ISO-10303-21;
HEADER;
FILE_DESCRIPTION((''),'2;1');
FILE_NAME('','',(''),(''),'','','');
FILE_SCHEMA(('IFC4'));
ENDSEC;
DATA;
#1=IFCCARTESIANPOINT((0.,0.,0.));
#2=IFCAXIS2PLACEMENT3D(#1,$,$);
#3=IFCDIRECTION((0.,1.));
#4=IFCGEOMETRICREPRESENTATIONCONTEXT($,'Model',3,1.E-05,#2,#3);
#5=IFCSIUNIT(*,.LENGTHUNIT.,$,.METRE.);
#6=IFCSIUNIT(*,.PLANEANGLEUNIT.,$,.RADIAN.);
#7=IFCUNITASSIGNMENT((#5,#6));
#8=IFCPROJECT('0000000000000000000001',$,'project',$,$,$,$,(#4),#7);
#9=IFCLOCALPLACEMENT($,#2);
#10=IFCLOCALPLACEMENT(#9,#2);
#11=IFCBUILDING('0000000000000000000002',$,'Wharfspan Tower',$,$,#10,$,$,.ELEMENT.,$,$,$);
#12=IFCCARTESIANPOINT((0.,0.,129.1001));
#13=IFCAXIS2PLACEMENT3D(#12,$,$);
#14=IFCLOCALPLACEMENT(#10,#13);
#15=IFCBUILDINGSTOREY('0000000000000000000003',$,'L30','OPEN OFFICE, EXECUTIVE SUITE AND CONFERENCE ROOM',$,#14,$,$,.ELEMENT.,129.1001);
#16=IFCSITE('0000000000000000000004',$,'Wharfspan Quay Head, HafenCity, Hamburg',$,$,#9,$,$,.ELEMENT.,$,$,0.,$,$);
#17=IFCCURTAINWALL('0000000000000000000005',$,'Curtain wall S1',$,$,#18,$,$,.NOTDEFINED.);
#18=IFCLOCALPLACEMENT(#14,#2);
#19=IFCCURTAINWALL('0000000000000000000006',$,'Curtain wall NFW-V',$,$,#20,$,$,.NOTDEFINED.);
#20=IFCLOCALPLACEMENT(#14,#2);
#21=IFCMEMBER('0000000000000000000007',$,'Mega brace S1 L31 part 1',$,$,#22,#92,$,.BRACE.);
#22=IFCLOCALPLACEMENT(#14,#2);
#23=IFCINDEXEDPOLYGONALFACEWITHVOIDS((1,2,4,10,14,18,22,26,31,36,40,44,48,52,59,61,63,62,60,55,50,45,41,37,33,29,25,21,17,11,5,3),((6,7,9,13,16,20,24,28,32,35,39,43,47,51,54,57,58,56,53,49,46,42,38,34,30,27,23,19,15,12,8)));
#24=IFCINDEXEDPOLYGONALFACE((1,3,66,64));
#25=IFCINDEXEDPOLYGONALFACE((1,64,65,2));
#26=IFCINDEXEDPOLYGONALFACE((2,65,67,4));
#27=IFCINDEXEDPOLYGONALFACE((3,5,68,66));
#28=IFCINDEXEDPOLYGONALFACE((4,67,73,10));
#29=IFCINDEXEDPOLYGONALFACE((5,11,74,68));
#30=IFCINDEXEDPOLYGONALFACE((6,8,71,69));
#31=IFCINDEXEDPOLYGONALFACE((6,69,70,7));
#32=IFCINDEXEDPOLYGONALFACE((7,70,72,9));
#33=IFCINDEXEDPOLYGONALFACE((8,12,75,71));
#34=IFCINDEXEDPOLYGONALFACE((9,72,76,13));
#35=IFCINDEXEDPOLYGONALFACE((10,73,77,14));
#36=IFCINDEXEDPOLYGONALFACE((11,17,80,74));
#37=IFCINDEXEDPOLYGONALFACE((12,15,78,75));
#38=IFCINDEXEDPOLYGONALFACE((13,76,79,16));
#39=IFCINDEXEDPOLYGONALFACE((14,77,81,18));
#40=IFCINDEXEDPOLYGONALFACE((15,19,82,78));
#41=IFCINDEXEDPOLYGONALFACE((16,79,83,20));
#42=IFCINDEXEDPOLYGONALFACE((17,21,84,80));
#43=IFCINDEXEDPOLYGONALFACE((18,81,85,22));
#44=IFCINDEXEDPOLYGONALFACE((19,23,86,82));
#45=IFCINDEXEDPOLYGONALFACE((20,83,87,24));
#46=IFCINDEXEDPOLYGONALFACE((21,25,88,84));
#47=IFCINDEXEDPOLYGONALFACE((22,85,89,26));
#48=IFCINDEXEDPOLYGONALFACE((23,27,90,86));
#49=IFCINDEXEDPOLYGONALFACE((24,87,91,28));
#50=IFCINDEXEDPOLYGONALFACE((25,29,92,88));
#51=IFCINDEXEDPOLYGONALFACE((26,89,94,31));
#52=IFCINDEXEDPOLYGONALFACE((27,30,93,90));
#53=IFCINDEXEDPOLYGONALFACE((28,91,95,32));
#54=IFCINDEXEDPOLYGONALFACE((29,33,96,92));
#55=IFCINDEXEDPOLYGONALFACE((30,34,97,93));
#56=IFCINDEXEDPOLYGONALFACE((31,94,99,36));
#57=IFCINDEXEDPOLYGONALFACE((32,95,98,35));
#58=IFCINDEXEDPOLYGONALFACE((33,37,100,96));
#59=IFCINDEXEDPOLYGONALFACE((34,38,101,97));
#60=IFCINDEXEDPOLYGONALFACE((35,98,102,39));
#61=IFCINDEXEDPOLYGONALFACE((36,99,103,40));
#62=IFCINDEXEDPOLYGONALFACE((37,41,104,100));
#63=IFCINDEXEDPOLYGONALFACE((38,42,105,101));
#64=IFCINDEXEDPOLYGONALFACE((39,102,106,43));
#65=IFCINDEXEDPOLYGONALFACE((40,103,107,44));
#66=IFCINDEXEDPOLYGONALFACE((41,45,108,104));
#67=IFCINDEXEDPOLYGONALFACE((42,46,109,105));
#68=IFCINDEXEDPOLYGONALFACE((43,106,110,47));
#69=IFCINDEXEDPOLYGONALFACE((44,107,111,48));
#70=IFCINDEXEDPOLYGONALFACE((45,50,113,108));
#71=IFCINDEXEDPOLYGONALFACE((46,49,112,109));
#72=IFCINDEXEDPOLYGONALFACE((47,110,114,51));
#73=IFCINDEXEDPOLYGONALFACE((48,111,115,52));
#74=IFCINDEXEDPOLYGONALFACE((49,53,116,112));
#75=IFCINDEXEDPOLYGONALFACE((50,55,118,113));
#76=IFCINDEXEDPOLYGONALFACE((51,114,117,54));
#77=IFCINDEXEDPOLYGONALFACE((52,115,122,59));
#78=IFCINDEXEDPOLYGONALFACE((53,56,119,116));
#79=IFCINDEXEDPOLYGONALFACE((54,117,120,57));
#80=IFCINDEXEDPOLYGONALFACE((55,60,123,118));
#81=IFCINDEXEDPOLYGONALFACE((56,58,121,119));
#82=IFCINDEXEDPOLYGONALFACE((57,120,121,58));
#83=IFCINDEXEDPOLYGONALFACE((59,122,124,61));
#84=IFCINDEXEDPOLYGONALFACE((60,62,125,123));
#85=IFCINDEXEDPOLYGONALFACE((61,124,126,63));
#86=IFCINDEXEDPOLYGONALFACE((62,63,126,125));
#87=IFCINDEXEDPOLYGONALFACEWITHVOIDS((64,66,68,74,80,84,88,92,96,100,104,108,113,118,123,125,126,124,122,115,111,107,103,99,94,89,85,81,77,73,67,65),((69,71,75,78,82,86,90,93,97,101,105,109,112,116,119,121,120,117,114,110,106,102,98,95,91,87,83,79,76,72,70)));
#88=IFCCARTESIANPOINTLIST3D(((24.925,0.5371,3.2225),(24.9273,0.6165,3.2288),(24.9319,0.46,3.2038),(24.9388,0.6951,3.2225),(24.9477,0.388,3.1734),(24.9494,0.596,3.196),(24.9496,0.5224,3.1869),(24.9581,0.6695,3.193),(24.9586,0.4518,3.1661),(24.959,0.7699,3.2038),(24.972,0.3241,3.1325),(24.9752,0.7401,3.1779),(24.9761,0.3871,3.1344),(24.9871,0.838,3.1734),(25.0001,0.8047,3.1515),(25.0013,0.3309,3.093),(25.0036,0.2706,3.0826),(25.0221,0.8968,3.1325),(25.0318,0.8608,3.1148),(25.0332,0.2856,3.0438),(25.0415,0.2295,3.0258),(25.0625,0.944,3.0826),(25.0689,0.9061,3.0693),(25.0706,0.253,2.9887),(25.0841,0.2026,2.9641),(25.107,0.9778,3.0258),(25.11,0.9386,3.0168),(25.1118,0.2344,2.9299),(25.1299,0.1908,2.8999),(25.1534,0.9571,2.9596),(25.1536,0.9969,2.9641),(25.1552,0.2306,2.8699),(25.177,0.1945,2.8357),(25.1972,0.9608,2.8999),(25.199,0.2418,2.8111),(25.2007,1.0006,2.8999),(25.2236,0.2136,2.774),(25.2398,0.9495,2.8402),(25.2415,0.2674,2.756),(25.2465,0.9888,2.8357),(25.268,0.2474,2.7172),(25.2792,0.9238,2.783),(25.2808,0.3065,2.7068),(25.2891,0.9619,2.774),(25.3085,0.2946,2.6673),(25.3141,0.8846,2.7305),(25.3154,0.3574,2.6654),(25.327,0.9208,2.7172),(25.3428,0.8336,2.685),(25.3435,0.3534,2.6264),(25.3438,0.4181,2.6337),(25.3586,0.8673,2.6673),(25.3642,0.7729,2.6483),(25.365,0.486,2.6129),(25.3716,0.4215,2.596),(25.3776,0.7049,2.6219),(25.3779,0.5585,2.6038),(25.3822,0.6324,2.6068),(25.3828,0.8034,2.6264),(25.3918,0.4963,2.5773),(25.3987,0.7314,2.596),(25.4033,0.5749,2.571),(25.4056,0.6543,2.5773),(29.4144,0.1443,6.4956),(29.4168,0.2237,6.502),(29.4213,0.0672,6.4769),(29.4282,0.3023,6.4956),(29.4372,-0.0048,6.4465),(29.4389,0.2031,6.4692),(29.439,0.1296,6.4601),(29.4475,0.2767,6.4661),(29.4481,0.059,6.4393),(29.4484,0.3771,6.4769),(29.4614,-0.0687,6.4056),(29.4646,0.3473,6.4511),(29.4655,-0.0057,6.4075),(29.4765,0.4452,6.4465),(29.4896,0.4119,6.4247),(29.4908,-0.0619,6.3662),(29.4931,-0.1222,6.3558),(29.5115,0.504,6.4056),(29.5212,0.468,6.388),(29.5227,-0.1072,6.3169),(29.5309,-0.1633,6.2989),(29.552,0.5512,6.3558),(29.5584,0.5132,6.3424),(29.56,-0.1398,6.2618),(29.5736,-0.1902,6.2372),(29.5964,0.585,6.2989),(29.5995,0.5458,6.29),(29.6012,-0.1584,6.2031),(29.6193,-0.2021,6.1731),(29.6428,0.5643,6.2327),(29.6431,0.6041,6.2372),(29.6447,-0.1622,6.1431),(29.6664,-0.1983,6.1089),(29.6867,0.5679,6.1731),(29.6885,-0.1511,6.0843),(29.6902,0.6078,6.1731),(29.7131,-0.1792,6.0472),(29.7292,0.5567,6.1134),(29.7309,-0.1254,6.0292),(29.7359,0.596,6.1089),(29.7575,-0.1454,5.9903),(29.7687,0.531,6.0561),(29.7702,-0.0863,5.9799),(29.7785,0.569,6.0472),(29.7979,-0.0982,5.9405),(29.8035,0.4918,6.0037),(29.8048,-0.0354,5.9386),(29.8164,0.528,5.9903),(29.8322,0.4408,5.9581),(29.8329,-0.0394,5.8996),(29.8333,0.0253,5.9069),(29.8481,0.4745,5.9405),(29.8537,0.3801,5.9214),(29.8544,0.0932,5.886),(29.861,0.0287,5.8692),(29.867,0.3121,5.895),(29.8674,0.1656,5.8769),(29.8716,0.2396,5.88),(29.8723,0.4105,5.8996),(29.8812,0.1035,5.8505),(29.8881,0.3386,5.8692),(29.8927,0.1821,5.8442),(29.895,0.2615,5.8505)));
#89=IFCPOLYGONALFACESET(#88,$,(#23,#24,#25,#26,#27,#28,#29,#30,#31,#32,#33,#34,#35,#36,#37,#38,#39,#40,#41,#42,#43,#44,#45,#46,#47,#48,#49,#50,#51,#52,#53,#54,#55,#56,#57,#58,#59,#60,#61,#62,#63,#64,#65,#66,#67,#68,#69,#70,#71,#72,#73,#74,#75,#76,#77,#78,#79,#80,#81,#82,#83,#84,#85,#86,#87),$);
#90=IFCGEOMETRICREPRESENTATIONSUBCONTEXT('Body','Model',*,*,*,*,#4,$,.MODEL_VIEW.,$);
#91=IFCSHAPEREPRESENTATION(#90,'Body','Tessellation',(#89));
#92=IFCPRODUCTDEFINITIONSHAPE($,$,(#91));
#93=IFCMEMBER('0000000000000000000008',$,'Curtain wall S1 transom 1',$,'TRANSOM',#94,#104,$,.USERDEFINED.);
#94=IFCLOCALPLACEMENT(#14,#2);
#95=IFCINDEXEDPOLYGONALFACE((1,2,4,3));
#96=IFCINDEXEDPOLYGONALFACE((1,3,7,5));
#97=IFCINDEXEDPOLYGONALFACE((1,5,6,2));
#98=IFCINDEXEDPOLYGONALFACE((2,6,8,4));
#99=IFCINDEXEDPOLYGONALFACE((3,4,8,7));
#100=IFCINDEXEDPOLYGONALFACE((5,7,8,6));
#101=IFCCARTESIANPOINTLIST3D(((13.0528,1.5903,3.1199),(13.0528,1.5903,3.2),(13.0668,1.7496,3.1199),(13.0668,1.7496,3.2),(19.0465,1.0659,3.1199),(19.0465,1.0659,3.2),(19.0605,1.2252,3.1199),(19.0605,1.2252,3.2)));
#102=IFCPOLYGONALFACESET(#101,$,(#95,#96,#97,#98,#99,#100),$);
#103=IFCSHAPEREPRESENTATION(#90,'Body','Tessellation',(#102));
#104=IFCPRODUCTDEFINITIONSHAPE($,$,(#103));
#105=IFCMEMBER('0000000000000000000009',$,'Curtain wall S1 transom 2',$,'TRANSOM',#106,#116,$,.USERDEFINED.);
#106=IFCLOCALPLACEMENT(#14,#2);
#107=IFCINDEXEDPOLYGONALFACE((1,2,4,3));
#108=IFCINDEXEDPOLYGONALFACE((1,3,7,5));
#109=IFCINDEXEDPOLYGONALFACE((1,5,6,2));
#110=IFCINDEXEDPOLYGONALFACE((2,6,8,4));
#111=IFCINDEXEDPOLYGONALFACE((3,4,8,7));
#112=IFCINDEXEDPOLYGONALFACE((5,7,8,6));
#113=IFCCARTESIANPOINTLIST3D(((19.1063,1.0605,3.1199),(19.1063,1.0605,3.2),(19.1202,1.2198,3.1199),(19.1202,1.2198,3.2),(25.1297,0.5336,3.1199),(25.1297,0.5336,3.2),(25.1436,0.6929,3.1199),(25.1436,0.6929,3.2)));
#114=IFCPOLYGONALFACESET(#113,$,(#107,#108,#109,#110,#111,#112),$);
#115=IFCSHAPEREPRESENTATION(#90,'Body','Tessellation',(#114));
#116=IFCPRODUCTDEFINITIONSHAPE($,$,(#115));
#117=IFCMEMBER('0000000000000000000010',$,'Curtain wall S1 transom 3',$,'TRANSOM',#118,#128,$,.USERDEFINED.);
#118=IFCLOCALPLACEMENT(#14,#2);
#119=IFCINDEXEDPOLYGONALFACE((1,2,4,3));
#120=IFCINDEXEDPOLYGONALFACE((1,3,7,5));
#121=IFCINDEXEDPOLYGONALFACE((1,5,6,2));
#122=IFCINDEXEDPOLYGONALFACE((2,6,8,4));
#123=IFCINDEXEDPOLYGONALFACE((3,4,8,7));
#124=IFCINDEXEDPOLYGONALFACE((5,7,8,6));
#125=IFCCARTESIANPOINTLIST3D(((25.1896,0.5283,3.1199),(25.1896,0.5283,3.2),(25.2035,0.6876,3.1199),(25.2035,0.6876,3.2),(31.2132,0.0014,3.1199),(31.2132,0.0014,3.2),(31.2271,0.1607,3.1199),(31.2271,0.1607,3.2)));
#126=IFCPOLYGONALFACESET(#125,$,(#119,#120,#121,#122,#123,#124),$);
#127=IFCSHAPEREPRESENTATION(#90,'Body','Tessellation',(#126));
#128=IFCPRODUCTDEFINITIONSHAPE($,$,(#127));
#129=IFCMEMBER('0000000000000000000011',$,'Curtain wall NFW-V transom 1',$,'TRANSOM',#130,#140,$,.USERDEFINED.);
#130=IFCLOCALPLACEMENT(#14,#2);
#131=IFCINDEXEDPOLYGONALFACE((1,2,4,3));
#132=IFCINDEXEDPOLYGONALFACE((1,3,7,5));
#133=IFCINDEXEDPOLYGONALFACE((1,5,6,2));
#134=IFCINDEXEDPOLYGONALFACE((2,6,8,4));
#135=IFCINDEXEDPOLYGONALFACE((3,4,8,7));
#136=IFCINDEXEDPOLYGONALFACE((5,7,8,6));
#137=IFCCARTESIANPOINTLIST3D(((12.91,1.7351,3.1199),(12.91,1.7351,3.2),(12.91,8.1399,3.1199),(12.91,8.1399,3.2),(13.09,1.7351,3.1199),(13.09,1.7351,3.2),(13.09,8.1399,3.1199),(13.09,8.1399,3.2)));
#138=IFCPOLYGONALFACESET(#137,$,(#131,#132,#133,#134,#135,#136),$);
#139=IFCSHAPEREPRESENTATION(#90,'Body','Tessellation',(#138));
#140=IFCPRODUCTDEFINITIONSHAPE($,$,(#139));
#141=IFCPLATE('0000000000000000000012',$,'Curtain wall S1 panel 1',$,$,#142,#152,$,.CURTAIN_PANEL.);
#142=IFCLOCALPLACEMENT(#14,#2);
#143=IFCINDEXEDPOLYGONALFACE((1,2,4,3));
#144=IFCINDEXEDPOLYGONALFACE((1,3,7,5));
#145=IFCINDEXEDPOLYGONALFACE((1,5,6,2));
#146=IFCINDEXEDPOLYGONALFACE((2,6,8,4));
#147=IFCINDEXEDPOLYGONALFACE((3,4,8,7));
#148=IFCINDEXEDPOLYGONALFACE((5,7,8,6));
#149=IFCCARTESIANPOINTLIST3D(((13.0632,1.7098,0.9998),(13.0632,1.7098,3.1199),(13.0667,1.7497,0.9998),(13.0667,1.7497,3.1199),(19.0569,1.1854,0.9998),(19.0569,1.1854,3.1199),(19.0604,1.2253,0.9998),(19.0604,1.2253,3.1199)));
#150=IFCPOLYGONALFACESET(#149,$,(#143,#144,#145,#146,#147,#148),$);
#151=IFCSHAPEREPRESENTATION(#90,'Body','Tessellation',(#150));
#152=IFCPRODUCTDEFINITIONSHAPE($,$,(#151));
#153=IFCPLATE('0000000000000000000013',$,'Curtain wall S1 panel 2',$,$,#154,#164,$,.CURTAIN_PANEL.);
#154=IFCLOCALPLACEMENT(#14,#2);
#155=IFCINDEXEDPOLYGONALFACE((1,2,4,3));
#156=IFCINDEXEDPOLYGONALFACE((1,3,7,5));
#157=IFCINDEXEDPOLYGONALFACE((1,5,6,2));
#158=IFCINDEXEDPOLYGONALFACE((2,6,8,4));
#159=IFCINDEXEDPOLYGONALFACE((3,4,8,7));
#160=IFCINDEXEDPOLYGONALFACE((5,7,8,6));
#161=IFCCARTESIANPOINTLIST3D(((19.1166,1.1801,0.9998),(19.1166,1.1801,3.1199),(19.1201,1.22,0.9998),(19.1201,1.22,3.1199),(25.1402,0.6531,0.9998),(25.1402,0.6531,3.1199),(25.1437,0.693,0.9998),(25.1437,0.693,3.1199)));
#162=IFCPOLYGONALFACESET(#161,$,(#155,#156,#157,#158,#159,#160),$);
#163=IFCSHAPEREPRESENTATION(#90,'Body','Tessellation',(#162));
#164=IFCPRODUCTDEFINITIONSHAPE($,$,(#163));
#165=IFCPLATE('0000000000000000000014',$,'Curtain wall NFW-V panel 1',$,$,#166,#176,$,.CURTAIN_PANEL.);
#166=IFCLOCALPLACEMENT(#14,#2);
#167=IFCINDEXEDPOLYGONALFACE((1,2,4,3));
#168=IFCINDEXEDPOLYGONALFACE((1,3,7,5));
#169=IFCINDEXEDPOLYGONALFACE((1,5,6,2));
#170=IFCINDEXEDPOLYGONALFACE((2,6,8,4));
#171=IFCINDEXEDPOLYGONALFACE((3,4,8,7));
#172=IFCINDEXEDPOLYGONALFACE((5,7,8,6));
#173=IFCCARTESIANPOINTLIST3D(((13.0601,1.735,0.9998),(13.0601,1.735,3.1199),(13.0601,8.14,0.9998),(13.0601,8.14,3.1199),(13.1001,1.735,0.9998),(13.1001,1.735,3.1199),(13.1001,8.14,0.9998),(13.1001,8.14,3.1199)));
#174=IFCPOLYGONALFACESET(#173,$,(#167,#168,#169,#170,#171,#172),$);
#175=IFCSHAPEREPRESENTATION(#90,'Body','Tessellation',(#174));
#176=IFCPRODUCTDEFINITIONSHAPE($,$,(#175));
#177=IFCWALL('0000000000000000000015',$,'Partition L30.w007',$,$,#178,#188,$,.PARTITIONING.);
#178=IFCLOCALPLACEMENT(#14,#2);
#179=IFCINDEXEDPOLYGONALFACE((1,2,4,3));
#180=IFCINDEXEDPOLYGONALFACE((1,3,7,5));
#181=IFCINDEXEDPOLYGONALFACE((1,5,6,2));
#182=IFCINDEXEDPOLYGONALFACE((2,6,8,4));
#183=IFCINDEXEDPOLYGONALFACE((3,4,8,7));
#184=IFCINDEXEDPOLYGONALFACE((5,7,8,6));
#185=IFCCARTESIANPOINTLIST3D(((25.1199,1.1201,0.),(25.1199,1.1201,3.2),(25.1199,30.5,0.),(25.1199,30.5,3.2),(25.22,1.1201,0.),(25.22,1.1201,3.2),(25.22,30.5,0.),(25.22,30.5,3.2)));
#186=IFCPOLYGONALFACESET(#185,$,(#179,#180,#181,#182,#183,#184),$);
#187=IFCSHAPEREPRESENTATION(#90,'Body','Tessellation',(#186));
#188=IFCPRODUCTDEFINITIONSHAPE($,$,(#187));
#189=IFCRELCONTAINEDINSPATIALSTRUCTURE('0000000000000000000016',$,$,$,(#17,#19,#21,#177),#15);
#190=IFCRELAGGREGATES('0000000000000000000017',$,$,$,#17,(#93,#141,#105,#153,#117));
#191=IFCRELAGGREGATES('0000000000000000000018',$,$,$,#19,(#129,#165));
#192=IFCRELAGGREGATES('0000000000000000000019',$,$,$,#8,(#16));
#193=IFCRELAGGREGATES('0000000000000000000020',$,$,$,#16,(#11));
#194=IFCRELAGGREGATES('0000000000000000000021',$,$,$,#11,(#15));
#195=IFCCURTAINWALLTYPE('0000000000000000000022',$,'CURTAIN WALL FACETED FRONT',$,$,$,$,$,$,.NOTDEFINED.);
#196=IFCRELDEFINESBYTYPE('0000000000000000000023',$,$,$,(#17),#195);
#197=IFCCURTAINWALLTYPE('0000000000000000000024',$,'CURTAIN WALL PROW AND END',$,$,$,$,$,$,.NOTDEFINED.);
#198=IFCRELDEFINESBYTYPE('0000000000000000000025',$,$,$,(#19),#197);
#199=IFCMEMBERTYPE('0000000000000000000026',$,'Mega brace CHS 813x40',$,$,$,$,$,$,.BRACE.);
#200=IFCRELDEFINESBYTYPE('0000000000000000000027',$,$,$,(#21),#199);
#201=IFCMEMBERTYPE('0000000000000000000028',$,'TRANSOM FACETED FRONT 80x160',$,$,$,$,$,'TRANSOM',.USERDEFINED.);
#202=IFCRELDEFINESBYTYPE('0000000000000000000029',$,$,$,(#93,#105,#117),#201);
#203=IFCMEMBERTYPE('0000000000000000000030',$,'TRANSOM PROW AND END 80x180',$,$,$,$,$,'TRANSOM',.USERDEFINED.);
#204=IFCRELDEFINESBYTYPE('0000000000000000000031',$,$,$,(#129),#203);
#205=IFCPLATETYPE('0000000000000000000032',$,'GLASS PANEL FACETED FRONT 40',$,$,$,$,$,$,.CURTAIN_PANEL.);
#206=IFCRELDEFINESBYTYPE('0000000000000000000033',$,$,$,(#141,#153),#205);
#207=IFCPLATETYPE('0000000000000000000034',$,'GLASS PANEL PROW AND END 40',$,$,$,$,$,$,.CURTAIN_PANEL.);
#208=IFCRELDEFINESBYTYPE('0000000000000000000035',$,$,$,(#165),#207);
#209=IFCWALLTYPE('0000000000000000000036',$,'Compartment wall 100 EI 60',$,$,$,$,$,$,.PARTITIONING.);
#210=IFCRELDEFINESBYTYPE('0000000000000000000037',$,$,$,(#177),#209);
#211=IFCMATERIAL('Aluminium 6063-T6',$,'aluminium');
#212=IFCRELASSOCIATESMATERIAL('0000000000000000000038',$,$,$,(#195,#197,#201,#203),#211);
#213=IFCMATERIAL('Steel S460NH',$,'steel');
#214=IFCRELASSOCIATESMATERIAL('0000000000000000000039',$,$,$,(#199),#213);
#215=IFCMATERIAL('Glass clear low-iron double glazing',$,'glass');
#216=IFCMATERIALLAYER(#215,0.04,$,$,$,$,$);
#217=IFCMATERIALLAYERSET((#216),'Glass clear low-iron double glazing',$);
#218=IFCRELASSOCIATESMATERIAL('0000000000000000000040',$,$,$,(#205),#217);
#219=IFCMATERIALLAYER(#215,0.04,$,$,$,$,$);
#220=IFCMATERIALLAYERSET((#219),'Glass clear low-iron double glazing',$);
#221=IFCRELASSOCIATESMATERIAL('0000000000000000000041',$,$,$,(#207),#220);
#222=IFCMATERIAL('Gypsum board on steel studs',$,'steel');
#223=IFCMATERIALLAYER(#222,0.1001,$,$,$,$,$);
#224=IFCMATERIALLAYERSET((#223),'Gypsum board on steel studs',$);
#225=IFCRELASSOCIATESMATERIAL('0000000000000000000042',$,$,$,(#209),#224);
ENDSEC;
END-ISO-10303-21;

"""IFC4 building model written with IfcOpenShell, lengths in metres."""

from ifc_helpers import new_model, si_unit, direction, frame, frame_2d, origin, origin_2d, place, context, subcontext, project, spatial, rectangle, hollow_circle, extrude, material, layer, layer_set, material_profile, profile_set, type_object, element, aggregate, save


model = new_model("IFC4")

# Units and contexts
model_context = context("Model", 3, precision=1e-05, world=origin(), true_north=direction((0.0, 1.0)))
body_context = subcontext(model_context, "Body", "Model", "MODEL_VIEW")
ifc_project = project(units=[si_unit("LENGTHUNIT", "METRE"), si_unit("PLANEANGLEUNIT", "RADIAN")], contexts=[model_context])

# Site, building, storey
site_placement = place(None, origin())
site = spatial("IfcSite", under=ifc_project, at=site_placement, Name="Wharfspan Quay Head, HafenCity, Hamburg", CompositionType="ELEMENT", RefElevation=0.0)
building_placement = place(site_placement, origin())
building = spatial("IfcBuilding", under=site, at=building_placement, Name="Wharfspan Tower", CompositionType="ELEMENT")
storey_placement = place(building_placement, frame((0.0, 0.0, 129.1001)))
storey = spatial("IfcBuildingStorey", under=building, at=storey_placement, Name="L30", Description="OPEN OFFICE, EXECUTIVE SUITE AND CONFERENCE ROOM", CompositionType="ELEMENT", Elevation=129.1001)

# Curtain wall
ifc_material_1 = material(Name="Aluminium 6063-T6", Category="aluminium")
curtain_wall_type_1 = type_object("IfcCurtainWallType", Name="CURTAIN WALL FACETED FRONT", PredefinedType="NOTDEFINED", material=ifc_material_1)
curtain_wall_1_placement = place(storey_placement, origin())
curtain_wall_1 = element("IfcCurtainWall", 1, at=curtain_wall_1_placement, inside=storey, type_object=curtain_wall_type_1, Name="Curtain wall S1", PredefinedType="NOTDEFINED")

# Shared definitions
curtain_wall_type_2 = type_object("IfcCurtainWallType", Name="CURTAIN WALL PROW AND END", PredefinedType="NOTDEFINED", material=ifc_material_1)

# Curtain wall
curtain_wall_2_placement = place(storey_placement, origin())
curtain_wall_2 = element("IfcCurtainWall", 2, at=curtain_wall_2_placement, inside=storey, type_object=curtain_wall_type_2, Name="Curtain wall NFW-V", PredefinedType="NOTDEFINED")

# Members
ifc_material_2 = material(Name="Steel S460NH", Category="steel")
ifc_material_profile_1 = material_profile(ifc_material_2, hollow_circle(Radius=0.4065, WallThickness=0.04, at=origin_2d()))
ifc_profile_set_1 = profile_set([ifc_material_profile_1], Name="Steel S460NH")
member_type_1 = type_object("IfcMemberType", Name="Mega brace CHS 813x40", PredefinedType="BRACE", material=ifc_profile_set_1)
member_1_placement = place(storey_placement, frame((25.1653, 0.5957, 2.8999), z_axis=(0.80603, -0.070526, 0.587658), x_axis=(0.087167, 0.996192, -0.000003)))
element("IfcMember", 3, at=member_1_placement, inside=storey, type_object=member_type_1, Name="Mega brace S1 L31 part 1", PredefinedType="BRACE", context=body_context, shape_type="SweptSolid", body=[
    extrude(hollow_circle(Radius=0.4065, WallThickness=0.04, at=origin_2d()), origin(), (0.0, 0.0, 1.0), 5.5698),
])
ifc_material_profile_2 = material_profile(ifc_material_1, rectangle(XDim=0.1599, YDim=0.0801, at=origin_2d()))
ifc_profile_set_2 = profile_set([ifc_material_profile_2], Name="Aluminium 6063-T6")
member_type_2 = type_object("IfcMemberType", Name="TRANSOM FACETED FRONT 80x160", ElementType="TRANSOM", PredefinedType="USERDEFINED", material=ifc_profile_set_2)
member_2_placement = place(storey_placement, frame((13.0598, 1.6699, 3.1599), z_axis=(0.996194, -0.087162, 0.0), x_axis=(0.087162, 0.996194, 0.0)))
member_2 = element("IfcMember", 4, at=member_2_placement, type_object=member_type_2, Name="Curtain wall S1 transom 1", ObjectType="TRANSOM", PredefinedType="USERDEFINED", context=body_context, shape_type="SweptSolid", body=[
    extrude(rectangle(XDim=0.1599, YDim=0.0801, at=origin_2d()), origin(), (0.0, 0.0, 1.0), 6.0166),
])
member_3_placement = place(storey_placement, frame((19.1133, 1.1401, 3.1599), z_axis=(0.996197, -0.087135, 0.0), x_axis=(0.087135, 0.996197, 0.0)))
member_3 = element("IfcMember", 5, at=member_3_placement, type_object=member_type_2, Name="Curtain wall S1 transom 2", ObjectType="TRANSOM", PredefinedType="USERDEFINED", context=body_context, shape_type="SweptSolid", body=[
    extrude(rectangle(XDim=0.1599, YDim=0.0801, at=origin_2d()), origin(), (0.0, 0.0, 1.0), 6.0464),
])
member_4_placement = place(storey_placement, frame((25.1965, 0.6079, 3.1599), z_axis=(0.996197, -0.087131, 0.0), x_axis=(0.087131, 0.996197, 0.0)))
member_4 = element("IfcMember", 6, at=member_4_placement, type_object=member_type_2, Name="Curtain wall S1 transom 3", ObjectType="TRANSOM", PredefinedType="USERDEFINED", context=body_context, shape_type="SweptSolid", body=[
    extrude(rectangle(XDim=0.1599, YDim=0.0801, at=origin_2d()), origin(), (0.0, 0.0, 1.0), 6.0466),
])
ifc_material_profile_3 = material_profile(ifc_material_1, rectangle(XDim=0.1799, YDim=0.0801, at=origin_2d()))
ifc_profile_set_3 = profile_set([ifc_material_profile_3], Name="Aluminium 6063-T6")
member_type_3 = type_object("IfcMemberType", Name="TRANSOM PROW AND END 80x180", ElementType="TRANSOM", PredefinedType="USERDEFINED", material=ifc_profile_set_3)
member_5_placement = place(storey_placement, frame((13.0, 8.1399, 3.1599), z_axis=(0.0, -1.0, 0.0), x_axis=(1.0, 0.0, 0.0)))
member_5 = element("IfcMember", 7, at=member_5_placement, type_object=member_type_3, Name="Curtain wall NFW-V transom 1", ObjectType="TRANSOM", PredefinedType="USERDEFINED", context=body_context, shape_type="SweptSolid", body=[
    extrude(rectangle(XDim=0.1799, YDim=0.0801, at=origin_2d()), origin(), (0.0, 0.0, 1.0), 6.4048),
])

# Plates
ifc_material_3 = material(Name="Glass clear low-iron double glazing", Category="glass")
ifc_layer_1 = layer(ifc_material_3, 0.04)
ifc_layer_set_1 = layer_set([ifc_layer_1], Name="Glass clear low-iron double glazing")
plate_type_1 = type_object("IfcPlateType", Name="GLASS PANEL FACETED FRONT 40", PredefinedType="CURTAIN_PANEL", material=ifc_layer_set_1)
plate_1_placement = place(storey_placement, frame((16.0618, 1.4675, 0.9998), z_axis=(0.0, 0.0, 1.0), x_axis=(0.996198, -0.087156, 0.0)))
plate_1 = element("IfcPlate", 8, at=plate_1_placement, type_object=plate_type_1, Name="Curtain wall S1 panel 1", PredefinedType="CURTAIN_PANEL", context=body_context, shape_type="SweptSolid", body=[
    extrude(rectangle(XDim=6.0166, YDim=0.04, at=origin_2d()), origin(), (0.0, 0.0, 1.0), 2.1201),
])
plate_2_placement = place(storey_placement, frame((22.1301, 0.9365, 0.9998), z_axis=(0.0, 0.0, 1.0), x_axis=(0.996198, -0.087156, 0.0)))
plate_2 = element("IfcPlate", 9, at=plate_2_placement, type_object=plate_type_1, Name="Curtain wall S1 panel 2", PredefinedType="CURTAIN_PANEL", context=body_context, shape_type="SweptSolid", body=[
    extrude(rectangle(XDim=6.0466, YDim=0.04, at=origin_2d()), origin(), (0.0, 0.0, 1.0), 2.1201),
])
aggregate(curtain_wall_1, [member_2, plate_1, member_3, plate_2, member_4])
ifc_layer_2 = layer(ifc_material_3, 0.04)
ifc_layer_set_2 = layer_set([ifc_layer_2], Name="Glass clear low-iron double glazing")
plate_type_2 = type_object("IfcPlateType", Name="GLASS PANEL PROW AND END 40", PredefinedType="CURTAIN_PANEL", material=ifc_layer_set_2)
plate_3_placement = place(storey_placement, frame((13.0801, 4.9375, 0.9998), z_axis=(0.0, 0.0, 1.0), x_axis=(0.0, -1.0, 0.0)))
plate_3 = element("IfcPlate", 10, at=plate_3_placement, type_object=plate_type_2, Name="Curtain wall NFW-V panel 1", PredefinedType="CURTAIN_PANEL", context=body_context, shape_type="SweptSolid", body=[
    extrude(rectangle(XDim=6.405, YDim=0.04, at=origin_2d()), origin(), (0.0, 0.0, 1.0), 2.1201),
])
aggregate(curtain_wall_2, [member_5, plate_3])

# Wall
ifc_material_4 = material(Name="Gypsum board on steel studs", Category="steel")
ifc_layer_3 = layer(ifc_material_4, 0.1001)
ifc_layer_set_3 = layer_set([ifc_layer_3], Name="Gypsum board on steel studs")
wall_type_1 = type_object("IfcWallType", Name="Compartment wall 100 EI 60", PredefinedType="PARTITIONING", material=ifc_layer_set_3)
wall_1_placement = place(storey_placement, frame((25.1699, 1.1201, 0.0), z_axis=(0.0, 0.0, 1.0), x_axis=(0.0, 1.0, 0.0)))
element("IfcWall", 11, at=wall_1_placement, inside=storey, type_object=wall_type_1, Name="Partition L30.w007", PredefinedType="PARTITIONING", context=body_context, shape_type="SweptSolid", body=[
    extrude(rectangle(XDim=29.3799, YDim=0.1001, at=frame_2d((14.6899, 0.0))), origin(), (0.0, 0.0, 1.0), 3.2),
])

save(model, "model.ifc")
